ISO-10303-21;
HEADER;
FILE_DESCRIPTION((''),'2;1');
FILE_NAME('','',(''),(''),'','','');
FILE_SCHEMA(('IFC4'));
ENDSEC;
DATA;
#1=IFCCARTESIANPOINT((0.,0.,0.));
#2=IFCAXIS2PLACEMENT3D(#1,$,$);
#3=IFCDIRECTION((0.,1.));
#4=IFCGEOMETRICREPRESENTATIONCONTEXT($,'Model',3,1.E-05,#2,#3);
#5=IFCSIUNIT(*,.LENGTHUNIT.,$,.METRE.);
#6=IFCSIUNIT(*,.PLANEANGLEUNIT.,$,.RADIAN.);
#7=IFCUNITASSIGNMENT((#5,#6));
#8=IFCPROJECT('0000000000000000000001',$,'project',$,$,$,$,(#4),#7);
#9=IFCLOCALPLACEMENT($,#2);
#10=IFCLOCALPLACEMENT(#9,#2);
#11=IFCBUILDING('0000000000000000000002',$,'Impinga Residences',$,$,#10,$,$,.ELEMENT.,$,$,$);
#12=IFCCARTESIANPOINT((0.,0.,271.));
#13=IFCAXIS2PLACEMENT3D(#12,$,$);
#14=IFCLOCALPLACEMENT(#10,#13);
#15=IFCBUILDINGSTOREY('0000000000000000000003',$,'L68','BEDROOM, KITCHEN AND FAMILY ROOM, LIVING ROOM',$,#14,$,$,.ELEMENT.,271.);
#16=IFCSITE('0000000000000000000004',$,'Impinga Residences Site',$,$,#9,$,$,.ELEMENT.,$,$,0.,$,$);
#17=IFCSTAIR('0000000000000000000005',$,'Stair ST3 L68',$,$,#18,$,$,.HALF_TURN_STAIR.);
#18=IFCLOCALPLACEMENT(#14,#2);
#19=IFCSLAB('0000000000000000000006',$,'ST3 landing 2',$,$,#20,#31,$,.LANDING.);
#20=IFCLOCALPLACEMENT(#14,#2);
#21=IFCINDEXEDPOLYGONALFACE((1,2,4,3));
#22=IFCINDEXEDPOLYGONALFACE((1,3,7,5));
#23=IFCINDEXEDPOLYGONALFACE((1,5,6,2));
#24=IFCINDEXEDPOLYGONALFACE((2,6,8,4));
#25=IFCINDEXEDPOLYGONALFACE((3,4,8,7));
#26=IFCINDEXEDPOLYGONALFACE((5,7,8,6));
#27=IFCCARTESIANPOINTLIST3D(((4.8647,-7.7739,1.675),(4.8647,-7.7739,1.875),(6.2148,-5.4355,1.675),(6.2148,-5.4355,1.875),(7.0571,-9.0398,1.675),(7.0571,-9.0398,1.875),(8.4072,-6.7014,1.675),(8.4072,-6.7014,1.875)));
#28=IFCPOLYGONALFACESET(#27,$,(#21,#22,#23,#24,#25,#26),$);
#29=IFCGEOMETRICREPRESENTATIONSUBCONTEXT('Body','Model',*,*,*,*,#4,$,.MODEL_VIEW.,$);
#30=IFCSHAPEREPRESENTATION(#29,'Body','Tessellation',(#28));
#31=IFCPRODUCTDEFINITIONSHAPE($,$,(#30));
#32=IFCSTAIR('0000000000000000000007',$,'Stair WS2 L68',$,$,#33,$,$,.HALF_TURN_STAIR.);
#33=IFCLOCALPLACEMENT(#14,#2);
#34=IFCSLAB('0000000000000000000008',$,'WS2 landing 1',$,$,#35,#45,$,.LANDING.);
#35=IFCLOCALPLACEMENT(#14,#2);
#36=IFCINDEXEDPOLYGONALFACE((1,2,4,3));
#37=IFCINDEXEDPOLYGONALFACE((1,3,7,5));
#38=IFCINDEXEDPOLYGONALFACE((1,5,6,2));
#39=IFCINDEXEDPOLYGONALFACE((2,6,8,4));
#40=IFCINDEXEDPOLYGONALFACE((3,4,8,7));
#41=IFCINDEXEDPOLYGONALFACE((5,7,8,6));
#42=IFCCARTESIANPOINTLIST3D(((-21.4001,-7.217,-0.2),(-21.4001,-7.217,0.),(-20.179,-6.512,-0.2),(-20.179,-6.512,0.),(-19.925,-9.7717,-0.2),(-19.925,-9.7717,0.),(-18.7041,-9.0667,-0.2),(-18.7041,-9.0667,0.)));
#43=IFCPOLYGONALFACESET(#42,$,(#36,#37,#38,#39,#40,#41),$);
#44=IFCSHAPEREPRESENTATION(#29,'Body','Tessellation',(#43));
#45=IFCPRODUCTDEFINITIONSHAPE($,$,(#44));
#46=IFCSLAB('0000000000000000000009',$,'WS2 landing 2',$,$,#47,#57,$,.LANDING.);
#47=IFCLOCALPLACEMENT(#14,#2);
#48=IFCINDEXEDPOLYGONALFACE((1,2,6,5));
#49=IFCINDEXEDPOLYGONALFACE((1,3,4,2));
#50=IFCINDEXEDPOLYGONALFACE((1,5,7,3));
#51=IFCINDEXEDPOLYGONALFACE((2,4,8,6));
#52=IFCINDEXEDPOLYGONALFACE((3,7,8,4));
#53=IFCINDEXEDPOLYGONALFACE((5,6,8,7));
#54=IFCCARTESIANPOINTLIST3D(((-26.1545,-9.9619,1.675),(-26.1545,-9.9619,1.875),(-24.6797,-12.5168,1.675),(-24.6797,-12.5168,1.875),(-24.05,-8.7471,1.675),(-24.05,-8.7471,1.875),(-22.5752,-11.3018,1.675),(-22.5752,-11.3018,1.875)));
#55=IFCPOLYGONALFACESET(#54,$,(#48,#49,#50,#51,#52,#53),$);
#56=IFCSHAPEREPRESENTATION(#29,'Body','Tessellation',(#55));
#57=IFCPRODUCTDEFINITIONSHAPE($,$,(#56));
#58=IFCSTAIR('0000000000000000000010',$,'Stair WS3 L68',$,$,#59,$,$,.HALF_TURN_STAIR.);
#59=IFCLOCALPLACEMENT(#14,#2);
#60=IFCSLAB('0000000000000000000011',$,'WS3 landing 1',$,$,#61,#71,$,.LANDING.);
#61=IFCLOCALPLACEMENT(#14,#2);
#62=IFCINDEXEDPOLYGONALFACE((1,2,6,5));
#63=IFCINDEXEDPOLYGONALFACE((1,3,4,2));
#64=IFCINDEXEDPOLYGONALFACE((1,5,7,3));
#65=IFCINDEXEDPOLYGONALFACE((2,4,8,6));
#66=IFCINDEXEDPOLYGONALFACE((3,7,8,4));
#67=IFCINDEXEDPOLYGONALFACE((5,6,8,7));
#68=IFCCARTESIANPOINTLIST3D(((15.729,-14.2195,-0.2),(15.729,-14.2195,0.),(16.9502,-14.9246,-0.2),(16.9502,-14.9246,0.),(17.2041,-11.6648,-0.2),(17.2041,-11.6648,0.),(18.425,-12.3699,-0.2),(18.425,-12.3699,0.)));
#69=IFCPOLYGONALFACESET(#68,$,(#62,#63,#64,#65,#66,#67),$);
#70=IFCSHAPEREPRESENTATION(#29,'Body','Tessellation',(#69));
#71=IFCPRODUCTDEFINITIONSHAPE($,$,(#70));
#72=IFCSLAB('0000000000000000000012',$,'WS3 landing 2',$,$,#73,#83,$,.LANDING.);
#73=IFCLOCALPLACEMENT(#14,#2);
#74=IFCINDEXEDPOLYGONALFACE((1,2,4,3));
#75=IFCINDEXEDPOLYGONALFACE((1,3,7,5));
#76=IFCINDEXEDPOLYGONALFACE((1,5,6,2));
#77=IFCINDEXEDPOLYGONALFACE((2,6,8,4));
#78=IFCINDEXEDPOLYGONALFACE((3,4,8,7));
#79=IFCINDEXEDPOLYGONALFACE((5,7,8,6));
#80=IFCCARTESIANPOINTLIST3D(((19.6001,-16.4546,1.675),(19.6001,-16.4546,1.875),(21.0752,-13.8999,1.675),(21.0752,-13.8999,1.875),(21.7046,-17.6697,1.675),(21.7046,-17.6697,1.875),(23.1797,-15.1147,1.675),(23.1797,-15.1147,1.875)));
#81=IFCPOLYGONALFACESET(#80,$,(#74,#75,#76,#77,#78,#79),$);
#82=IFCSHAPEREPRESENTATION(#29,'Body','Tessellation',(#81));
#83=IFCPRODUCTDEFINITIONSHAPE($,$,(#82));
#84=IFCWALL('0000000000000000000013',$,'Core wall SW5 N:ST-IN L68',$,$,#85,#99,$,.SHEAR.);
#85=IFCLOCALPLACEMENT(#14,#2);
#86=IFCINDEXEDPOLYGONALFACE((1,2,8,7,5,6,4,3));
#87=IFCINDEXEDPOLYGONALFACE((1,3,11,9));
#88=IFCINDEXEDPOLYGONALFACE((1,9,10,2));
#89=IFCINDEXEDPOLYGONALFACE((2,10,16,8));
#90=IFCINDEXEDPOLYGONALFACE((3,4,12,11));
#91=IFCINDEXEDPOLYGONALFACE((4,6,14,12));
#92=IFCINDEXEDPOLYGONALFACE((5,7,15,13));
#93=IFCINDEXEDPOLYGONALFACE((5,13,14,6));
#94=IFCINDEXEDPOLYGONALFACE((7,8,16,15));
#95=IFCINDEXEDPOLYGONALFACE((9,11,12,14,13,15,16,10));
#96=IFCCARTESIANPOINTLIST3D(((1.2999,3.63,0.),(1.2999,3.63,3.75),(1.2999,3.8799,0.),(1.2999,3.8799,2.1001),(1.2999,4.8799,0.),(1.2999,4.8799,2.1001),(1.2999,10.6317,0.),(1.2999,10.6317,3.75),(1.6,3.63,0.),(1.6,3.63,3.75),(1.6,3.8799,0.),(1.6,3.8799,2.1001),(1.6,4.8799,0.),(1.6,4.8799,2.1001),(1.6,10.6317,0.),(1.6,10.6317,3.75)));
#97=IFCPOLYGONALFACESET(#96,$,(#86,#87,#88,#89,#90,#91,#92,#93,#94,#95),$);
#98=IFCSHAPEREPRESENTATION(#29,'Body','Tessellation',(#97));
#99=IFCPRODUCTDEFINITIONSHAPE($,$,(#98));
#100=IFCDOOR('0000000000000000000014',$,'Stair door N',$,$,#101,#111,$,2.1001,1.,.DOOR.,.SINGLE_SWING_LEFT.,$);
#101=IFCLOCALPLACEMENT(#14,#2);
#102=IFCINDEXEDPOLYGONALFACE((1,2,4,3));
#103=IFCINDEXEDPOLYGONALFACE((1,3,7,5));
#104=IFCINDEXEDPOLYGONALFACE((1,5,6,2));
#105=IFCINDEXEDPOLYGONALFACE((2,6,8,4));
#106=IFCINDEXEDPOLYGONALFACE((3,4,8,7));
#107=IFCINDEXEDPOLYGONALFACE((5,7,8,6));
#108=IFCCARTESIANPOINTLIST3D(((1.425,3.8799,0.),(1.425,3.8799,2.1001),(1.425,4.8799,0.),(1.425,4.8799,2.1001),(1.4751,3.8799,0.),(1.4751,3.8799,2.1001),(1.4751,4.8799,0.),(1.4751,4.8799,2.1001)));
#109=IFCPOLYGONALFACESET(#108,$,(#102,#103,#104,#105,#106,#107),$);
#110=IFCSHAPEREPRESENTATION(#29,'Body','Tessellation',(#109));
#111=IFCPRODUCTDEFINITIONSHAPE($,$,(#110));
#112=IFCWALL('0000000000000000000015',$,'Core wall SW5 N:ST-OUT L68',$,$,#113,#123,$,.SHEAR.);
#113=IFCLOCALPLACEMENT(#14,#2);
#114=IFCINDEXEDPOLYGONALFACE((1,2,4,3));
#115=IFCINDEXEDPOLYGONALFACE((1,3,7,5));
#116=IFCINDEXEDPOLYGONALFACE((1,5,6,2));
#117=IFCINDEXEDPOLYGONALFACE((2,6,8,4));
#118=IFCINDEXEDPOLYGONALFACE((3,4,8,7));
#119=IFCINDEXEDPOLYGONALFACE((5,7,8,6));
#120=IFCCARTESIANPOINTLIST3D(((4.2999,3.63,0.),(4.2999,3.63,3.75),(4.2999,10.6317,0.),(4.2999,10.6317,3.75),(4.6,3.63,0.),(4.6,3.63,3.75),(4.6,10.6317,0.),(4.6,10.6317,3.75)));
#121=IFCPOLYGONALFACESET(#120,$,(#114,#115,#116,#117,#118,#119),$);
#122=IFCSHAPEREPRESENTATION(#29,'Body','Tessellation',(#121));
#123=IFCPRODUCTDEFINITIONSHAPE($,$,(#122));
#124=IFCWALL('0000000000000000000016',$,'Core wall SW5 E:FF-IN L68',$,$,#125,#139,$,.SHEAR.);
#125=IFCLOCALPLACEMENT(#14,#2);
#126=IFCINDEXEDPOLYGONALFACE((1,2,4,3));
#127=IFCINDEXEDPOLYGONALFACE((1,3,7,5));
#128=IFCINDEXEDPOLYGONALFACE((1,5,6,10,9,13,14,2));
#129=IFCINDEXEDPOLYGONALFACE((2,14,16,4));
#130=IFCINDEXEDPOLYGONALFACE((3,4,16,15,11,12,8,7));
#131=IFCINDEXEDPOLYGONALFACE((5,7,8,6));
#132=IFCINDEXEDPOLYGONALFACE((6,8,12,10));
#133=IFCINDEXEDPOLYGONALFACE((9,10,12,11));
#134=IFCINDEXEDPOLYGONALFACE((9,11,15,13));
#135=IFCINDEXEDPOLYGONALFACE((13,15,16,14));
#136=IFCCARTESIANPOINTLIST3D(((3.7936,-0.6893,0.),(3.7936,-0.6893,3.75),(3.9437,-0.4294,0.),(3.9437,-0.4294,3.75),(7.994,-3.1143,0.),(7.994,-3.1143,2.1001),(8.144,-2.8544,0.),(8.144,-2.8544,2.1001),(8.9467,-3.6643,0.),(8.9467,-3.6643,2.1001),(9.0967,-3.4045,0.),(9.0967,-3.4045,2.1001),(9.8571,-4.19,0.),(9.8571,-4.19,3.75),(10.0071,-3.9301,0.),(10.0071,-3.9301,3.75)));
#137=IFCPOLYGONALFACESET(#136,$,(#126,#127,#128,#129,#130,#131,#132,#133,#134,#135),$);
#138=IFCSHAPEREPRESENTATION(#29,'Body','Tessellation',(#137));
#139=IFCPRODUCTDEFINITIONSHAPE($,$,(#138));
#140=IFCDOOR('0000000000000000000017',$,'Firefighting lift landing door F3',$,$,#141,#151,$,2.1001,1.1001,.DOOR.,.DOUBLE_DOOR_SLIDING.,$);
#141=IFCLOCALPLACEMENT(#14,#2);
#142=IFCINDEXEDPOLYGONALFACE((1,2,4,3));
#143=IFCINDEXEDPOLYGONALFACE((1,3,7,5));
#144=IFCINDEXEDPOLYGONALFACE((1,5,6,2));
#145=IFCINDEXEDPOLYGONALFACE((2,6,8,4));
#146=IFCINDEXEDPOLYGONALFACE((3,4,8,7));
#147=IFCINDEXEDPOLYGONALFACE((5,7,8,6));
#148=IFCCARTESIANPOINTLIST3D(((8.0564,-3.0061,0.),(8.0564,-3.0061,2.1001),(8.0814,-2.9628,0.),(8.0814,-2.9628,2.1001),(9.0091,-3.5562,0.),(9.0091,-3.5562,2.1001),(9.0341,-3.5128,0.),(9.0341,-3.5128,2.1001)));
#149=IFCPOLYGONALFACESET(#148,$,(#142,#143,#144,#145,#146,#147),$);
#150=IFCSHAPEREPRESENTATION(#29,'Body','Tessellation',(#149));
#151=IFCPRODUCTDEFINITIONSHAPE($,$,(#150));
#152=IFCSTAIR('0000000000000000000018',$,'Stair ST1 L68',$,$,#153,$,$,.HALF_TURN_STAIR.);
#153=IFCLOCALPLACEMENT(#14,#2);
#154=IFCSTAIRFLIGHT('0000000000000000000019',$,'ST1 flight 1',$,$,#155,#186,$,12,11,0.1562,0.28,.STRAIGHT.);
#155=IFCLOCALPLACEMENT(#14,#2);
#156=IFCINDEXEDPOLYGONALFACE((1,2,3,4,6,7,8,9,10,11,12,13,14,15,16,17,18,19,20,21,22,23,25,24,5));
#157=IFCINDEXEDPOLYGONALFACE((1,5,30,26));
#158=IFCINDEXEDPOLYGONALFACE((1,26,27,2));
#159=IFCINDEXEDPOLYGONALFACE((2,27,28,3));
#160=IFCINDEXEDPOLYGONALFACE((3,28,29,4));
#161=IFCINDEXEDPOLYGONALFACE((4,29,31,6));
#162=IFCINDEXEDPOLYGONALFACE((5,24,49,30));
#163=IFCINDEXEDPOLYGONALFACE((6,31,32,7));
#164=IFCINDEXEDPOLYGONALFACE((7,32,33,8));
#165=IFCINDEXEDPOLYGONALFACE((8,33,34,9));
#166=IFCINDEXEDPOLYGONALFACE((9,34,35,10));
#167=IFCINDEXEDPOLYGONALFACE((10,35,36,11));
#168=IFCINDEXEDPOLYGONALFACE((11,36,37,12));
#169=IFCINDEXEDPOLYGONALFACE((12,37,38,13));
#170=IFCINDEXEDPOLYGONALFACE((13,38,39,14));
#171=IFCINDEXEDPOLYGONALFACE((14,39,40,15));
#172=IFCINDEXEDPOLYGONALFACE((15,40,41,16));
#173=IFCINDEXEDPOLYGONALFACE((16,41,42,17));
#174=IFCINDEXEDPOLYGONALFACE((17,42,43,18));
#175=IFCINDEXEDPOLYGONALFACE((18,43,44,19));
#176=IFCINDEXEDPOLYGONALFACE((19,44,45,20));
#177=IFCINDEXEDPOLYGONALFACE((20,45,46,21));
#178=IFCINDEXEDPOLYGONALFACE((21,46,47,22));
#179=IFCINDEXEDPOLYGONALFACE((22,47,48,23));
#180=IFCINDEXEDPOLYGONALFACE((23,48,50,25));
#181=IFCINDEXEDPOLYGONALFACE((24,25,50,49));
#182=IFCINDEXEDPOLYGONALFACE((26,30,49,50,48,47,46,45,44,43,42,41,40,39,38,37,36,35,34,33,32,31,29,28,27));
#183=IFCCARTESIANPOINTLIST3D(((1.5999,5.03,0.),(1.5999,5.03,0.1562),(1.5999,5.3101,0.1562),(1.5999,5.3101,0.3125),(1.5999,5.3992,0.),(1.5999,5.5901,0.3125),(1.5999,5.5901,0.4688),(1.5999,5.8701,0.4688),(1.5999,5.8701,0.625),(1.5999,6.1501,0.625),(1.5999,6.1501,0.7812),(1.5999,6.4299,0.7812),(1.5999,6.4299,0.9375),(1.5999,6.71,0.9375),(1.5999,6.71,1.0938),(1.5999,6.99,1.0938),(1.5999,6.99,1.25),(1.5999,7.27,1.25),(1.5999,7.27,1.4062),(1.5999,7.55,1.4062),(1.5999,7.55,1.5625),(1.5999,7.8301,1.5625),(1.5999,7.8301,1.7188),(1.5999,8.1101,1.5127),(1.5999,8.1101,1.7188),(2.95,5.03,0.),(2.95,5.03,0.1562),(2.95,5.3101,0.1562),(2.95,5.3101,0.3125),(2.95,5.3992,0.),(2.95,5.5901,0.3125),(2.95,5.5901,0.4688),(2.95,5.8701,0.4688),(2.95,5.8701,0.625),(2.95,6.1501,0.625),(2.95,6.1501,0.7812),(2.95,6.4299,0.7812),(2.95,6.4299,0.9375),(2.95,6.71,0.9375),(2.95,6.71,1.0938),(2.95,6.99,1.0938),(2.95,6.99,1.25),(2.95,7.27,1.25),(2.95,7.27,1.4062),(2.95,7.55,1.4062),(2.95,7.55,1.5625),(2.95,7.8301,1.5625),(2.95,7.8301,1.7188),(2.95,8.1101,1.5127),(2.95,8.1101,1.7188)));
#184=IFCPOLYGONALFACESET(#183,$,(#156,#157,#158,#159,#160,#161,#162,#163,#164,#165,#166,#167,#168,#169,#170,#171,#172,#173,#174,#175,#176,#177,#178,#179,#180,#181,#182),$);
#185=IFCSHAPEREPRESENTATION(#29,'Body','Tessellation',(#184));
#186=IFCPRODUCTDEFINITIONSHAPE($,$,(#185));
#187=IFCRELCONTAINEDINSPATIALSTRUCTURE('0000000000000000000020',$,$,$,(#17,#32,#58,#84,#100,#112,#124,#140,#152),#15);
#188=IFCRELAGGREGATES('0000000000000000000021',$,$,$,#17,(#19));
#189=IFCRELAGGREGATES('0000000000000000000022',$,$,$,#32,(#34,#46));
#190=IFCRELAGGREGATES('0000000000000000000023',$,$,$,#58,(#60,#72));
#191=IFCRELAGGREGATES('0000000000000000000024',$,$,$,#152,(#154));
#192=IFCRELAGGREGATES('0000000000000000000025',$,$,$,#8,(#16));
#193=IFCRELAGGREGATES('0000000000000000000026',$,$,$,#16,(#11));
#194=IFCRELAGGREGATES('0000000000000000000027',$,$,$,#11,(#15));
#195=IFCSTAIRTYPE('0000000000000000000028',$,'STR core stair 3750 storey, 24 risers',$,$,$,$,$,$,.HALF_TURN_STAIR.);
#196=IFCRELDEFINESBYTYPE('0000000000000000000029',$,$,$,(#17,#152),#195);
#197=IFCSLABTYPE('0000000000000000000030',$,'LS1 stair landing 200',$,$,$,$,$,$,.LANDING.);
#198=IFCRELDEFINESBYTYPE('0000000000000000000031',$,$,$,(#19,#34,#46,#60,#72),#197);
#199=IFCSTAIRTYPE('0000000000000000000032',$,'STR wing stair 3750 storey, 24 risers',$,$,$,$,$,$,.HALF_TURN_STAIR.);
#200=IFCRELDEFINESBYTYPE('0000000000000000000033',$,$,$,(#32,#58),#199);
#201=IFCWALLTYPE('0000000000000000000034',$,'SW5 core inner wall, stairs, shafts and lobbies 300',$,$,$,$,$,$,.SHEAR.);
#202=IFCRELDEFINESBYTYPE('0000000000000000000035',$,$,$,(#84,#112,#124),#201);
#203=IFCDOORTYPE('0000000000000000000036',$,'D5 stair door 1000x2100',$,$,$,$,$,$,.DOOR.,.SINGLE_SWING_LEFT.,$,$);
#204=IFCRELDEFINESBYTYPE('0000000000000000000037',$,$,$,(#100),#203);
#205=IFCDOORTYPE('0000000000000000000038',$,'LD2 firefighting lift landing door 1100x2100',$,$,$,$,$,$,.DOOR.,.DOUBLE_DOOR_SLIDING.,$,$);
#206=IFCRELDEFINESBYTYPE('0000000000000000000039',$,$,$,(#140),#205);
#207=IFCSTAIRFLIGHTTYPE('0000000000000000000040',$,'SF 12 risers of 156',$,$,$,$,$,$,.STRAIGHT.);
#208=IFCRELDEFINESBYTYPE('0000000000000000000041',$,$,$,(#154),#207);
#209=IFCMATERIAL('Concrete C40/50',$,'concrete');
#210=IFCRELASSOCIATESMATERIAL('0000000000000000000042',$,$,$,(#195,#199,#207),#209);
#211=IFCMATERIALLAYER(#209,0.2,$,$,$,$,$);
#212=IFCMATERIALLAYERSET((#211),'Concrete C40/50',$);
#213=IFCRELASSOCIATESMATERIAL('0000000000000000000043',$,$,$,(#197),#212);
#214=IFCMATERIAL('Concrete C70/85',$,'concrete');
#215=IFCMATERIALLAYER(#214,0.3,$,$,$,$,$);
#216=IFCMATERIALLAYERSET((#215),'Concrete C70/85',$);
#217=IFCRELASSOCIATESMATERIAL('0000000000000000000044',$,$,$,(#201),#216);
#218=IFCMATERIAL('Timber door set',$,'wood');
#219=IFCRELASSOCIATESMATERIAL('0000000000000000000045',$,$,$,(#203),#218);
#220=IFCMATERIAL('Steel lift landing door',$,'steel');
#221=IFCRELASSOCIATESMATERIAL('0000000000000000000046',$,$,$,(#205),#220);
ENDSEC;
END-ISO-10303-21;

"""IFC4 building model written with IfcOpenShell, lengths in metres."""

from ifc_helpers import new_model, si_unit, direction, frame, frame_2d, origin, place, context, subcontext, project, spatial, polyline, rectangle, outline, extrude, material, layer, layer_set, type_object, element, fill, aggregate, save


model = new_model("IFC4")

# Units and contexts
model_context = context("Model", 3, precision=1e-05, world=origin(), true_north=direction((0.0, 1.0)))
body_context = subcontext(model_context, "Body", "Model", "MODEL_VIEW")
ifc_project = project(units=[si_unit("LENGTHUNIT", "METRE"), si_unit("PLANEANGLEUNIT", "RADIAN")], contexts=[model_context])

# Site, building, storey
site_placement = place(None, origin())
site = spatial("IfcSite", under=ifc_project, at=site_placement, Name="Impinga Residences Site", CompositionType="ELEMENT", RefElevation=0.0)
building_placement = place(site_placement, origin())
building = spatial("IfcBuilding", under=site, at=building_placement, Name="Impinga Residences", CompositionType="ELEMENT")
storey_placement = place(building_placement, frame((0.0, 0.0, 271.0)))
storey = spatial("IfcBuildingStorey", under=building, at=storey_placement, Name="L68", Description="BEDROOM, KITCHEN AND FAMILY ROOM, LIVING ROOM", CompositionType="ELEMENT", Elevation=271.0)

# Stair, slab
ifc_material_1 = material(Name="Concrete C40/50", Category="concrete")
stair_type_1 = type_object("IfcStairType", Name="STR core stair 3750 storey, 24 risers", PredefinedType="HALF_TURN_STAIR", material=ifc_material_1)
stair_1_placement = place(storey_placement, origin())
stair_1 = element("IfcStair", 1, at=stair_1_placement, inside=storey, type_object=stair_type_1, Name="Stair ST3 L68", PredefinedType="HALF_TURN_STAIR")
ifc_layer_1 = layer(ifc_material_1, 0.2)
ifc_layer_set_1 = layer_set([ifc_layer_1], Name="Concrete C40/50")
slab_type = type_object("IfcSlabType", Name="LS1 stair landing 200", PredefinedType="LANDING", material=ifc_layer_set_1)
slab_1_placement = place(storey_placement, frame((0.0, 0.0, 1.675)))
slab_1 = element("IfcSlab", 2, at=slab_1_placement, type_object=slab_type, Name="ST3 landing 2", PredefinedType="LANDING", context=body_context, shape_type="SweptSolid", body=[
    extrude(outline(polyline([(6.2148, -5.4355), (4.8647, -7.7739), (7.0571, -9.0398), (8.4072, -6.7014), (6.2148, -5.4355)])), origin(), (0.0, 0.0, 1.0), 0.2),
])
aggregate(stair_1, [slab_1])

# Stairs, slabs
stair_type_2 = type_object("IfcStairType", Name="STR wing stair 3750 storey, 24 risers", PredefinedType="HALF_TURN_STAIR", material=ifc_material_1)
stair_2_placement = place(storey_placement, origin())
stair_2 = element("IfcStair", 3, at=stair_2_placement, inside=storey, type_object=stair_type_2, Name="Stair WS2 L68", PredefinedType="HALF_TURN_STAIR")
slab_2_placement = place(storey_placement, frame((0.0, 0.0, -0.2)))
slab_2 = element("IfcSlab", 4, at=slab_2_placement, type_object=slab_type, Name="WS2 landing 1", PredefinedType="LANDING", context=body_context, shape_type="SweptSolid", body=[
    extrude(outline(polyline([(-18.7041, -9.0667), (-20.179, -6.512), (-21.4001, -7.217), (-19.925, -9.7717), (-18.7041, -9.0667)])), origin(), (0.0, 0.0, 1.0), 0.2),
])
slab_3_placement = place(storey_placement, frame((0.0, 0.0, 1.675)))
slab_3 = element("IfcSlab", 5, at=slab_3_placement, type_object=slab_type, Name="WS2 landing 2", PredefinedType="LANDING", context=body_context, shape_type="SweptSolid", body=[
    extrude(outline(polyline([(-22.5752, -11.3018), (-24.05, -8.7471), (-26.1545, -9.9619), (-24.6797, -12.5168), (-22.5752, -11.3018)])), origin(), (0.0, 0.0, 1.0), 0.2),
])
aggregate(stair_2, [slab_2, slab_3])
stair_3_placement = place(storey_placement, origin())
stair_3 = element("IfcStair", 6, at=stair_3_placement, inside=storey, type_object=stair_type_2, Name="Stair WS3 L68", PredefinedType="HALF_TURN_STAIR")
slab_4_placement = place(storey_placement, frame((0.0, 0.0, -0.2)))
slab_4 = element("IfcSlab", 7, at=slab_4_placement, type_object=slab_type, Name="WS3 landing 1", PredefinedType="LANDING", context=body_context, shape_type="SweptSolid", body=[
    extrude(outline(polyline([(17.2041, -11.6648), (15.729, -14.2195), (16.9502, -14.9246), (18.425, -12.3699), (17.2041, -11.6648)])), origin(), (0.0, 0.0, 1.0), 0.2),
])
slab_5_placement = place(storey_placement, frame((0.0, 0.0, 1.675)))
slab_5 = element("IfcSlab", 8, at=slab_5_placement, type_object=slab_type, Name="WS3 landing 2", PredefinedType="LANDING", context=body_context, shape_type="SweptSolid", body=[
    extrude(outline(polyline([(21.0752, -13.8999), (19.6001, -16.4546), (21.7046, -17.6697), (23.1797, -15.1147), (21.0752, -13.8999)])), origin(), (0.0, 0.0, 1.0), 0.2),
])
aggregate(stair_3, [slab_4, slab_5])

# Wall, opening, door
ifc_material_2 = material(Name="Concrete C70/85", Category="concrete")
ifc_layer_2 = layer(ifc_material_2, 0.3)
ifc_layer_set_2 = layer_set([ifc_layer_2], Name="Concrete C70/85")
wall_type = type_object("IfcWallType", Name="SW5 core inner wall, stairs, shafts and lobbies 300", PredefinedType="SHEAR", material=ifc_layer_set_2)
wall_1_placement = place(storey_placement, frame((1.45, 3.6299, 0.0), z_axis=(0.0, 0.0, 1.0), x_axis=(0.0, 1.0, 0.0)))
wall_1 = element("IfcWall", 9, at=wall_1_placement, inside=storey, type_object=wall_type, Name="Core wall SW5 N:ST-IN L68", PredefinedType="SHEAR", context=body_context, shape_type="SweptSolid", body=[
    extrude(rectangle(XDim=7.0017, YDim=0.3, at=frame_2d((3.501, 0.0))), origin(), (0.0, 0.0, 1.0), 3.75),
])
opening_1_placement = place(wall_1_placement, frame((0.25, 0.0, 0.0)))
opening_1 = element("IfcOpeningElement", 10, at=opening_1_placement, cuts=wall_1, PredefinedType="OPENING", context=body_context, shape_type="SweptSolid", body=[
    extrude(rectangle(XDim=1.0, YDim=2.1001, at=frame_2d((0.5, 1.05))), frame((0.0, 0.1599, 0.0), z_axis=(0.0, -1.0, 0.0), x_axis=(1.0, 0.0, 0.0)), (0.0, 0.0, 1.0), 0.3201),
])
ifc_material_3 = material(Name="Timber door set", Category="wood")
door_type_1 = type_object("IfcDoorType", Name="D5 stair door 1000x2100", OperationType="SINGLE_SWING_LEFT", PredefinedType="DOOR", material=ifc_material_3)
door_1_placement = place(opening_1_placement, origin())
door_1 = element("IfcDoor", 11, at=door_1_placement, inside=storey, type_object=door_type_1, Name="Stair door N", OperationType="SINGLE_SWING_LEFT", OverallHeight=2.1001, OverallWidth=1.0, PredefinedType="DOOR", context=body_context, shape_type="SweptSolid", body=[
    extrude(rectangle(XDim=1.0, YDim=2.1001, at=frame_2d((0.5, 1.05))), frame((0.0, 0.0249, 0.0), z_axis=(0.0, -1.0, 0.0), x_axis=(1.0, 0.0, 0.0)), (0.0, 0.0, 1.0), 0.05),
])
fill(opening_1, door_1)

# Wall
wall_2_placement = place(storey_placement, frame((4.45, 3.6299, 0.0), z_axis=(0.0, 0.0, 1.0), x_axis=(0.0, 1.0, 0.0)))
element("IfcWall", 12, at=wall_2_placement, inside=storey, type_object=wall_type, Name="Core wall SW5 N:ST-OUT L68", PredefinedType="SHEAR", context=body_context, shape_type="SweptSolid", body=[
    extrude(rectangle(XDim=7.0017, YDim=0.3, at=frame_2d((3.501, 0.0))), origin(), (0.0, 0.0, 1.0), 3.75),
])

# Wall, opening, door
wall_3_placement = place(storey_placement, frame((3.8687, -0.5593, 0.0), z_axis=(0.0, 0.0, 1.0), x_axis=(0.866026, -0.499998, 0.0)))
wall_3 = element("IfcWall", 13, at=wall_3_placement, inside=storey, type_object=wall_type, Name="Core wall SW5 E:FF-IN L68", PredefinedType="SHEAR", context=body_context, shape_type="SweptSolid", body=[
    extrude(rectangle(XDim=7.0015, YDim=0.3, at=frame_2d((3.5007, 0.0))), origin(), (0.0, 0.0, 1.0), 3.75),
])
opening_2_placement = place(wall_3_placement, frame((4.8501, 0.0, 0.0)))
opening_2 = element("IfcOpeningElement", 14, at=opening_2_placement, cuts=wall_3, PredefinedType="OPENING", context=body_context, shape_type="SweptSolid", body=[
    extrude(rectangle(XDim=1.1001, YDim=2.1001, at=frame_2d((0.55, 1.05))), frame((0.0, 0.1599, 0.0), z_axis=(0.0, -1.0, 0.0), x_axis=(1.0, 0.0, 0.0)), (0.0, 0.0, 1.0), 0.3201),
])
ifc_material_4 = material(Name="Steel lift landing door", Category="steel")
door_type_2 = type_object("IfcDoorType", Name="LD2 firefighting lift landing door 1100x2100", OperationType="DOUBLE_DOOR_SLIDING", PredefinedType="DOOR", material=ifc_material_4)
door_2_placement = place(opening_2_placement, origin())
door_2 = element("IfcDoor", 15, at=door_2_placement, inside=storey, type_object=door_type_2, Name="Firefighting lift landing door F3", OperationType="DOUBLE_DOOR_SLIDING", OverallHeight=2.1001, OverallWidth=1.1001, PredefinedType="DOOR", context=body_context, shape_type="SweptSolid", body=[
    extrude(rectangle(XDim=1.1001, YDim=2.1001, at=frame_2d((0.55, 1.05))), frame((0.0, 0.0249, 0.0), z_axis=(0.0, -1.0, 0.0), x_axis=(1.0, 0.0, 0.0)), (0.0, 0.0, 1.0), 0.05),
])
fill(opening_2, door_2)

# Stair, stair flight
stair_4_placement = place(storey_placement, origin())
stair_4 = element("IfcStair", 16, at=stair_4_placement, inside=storey, type_object=stair_type_1, Name="Stair ST1 L68", PredefinedType="HALF_TURN_STAIR")
stair_flight_type = type_object("IfcStairFlightType", Name="SF 12 risers of 156", PredefinedType="STRAIGHT", material=ifc_material_1)
stair_flight_1_placement = place(storey_placement, frame((2.2749, 5.03, 0.0), z_axis=(0.0, 0.0, 1.0), x_axis=(0.0, 1.0, 0.0)))
stair_flight_1 = element("IfcStairFlight", 17, at=stair_flight_1_placement, type_object=stair_flight_type, Name="ST1 flight 1", NumberOfRisers=12, NumberOfTreads=11, PredefinedType="STRAIGHT", RiserHeight=0.1562, TreadLength=0.28, context=body_context, shape_type="SweptSolid", body=[
    extrude(outline(polyline([(0.0, 0.0), (0.0, 0.1562), (0.28, 0.1562), (0.28, 0.3125), (0.5601, 0.3125), (0.5601, 0.4688), (0.8401, 0.4688), (0.8401, 0.625), (1.1201, 0.625), (1.1201, 0.7812), (1.3999, 0.7812), (1.3999, 0.9375), (1.6799, 0.9375), (1.6799, 1.0938), (1.96, 1.0938), (1.96, 1.25), (2.24, 1.25), (2.24, 1.4062), (2.52, 1.4062), (2.52, 1.5625), (2.8, 1.5625), (2.8, 1.7188), (3.0801, 1.7188), (3.0801, 1.875), (3.0801, 1.5127), (0.3691, 0.0), (0.0, 0.0)])), frame((0.0, 0.675, 0.0), z_axis=(0.0, -1.0, 0.0), x_axis=(1.0, 0.0, 0.0)), (0.0, 0.0, 1.0), 1.3501),
])
aggregate(stair_4, [stair_flight_1])

save(model, "model.ifc")
